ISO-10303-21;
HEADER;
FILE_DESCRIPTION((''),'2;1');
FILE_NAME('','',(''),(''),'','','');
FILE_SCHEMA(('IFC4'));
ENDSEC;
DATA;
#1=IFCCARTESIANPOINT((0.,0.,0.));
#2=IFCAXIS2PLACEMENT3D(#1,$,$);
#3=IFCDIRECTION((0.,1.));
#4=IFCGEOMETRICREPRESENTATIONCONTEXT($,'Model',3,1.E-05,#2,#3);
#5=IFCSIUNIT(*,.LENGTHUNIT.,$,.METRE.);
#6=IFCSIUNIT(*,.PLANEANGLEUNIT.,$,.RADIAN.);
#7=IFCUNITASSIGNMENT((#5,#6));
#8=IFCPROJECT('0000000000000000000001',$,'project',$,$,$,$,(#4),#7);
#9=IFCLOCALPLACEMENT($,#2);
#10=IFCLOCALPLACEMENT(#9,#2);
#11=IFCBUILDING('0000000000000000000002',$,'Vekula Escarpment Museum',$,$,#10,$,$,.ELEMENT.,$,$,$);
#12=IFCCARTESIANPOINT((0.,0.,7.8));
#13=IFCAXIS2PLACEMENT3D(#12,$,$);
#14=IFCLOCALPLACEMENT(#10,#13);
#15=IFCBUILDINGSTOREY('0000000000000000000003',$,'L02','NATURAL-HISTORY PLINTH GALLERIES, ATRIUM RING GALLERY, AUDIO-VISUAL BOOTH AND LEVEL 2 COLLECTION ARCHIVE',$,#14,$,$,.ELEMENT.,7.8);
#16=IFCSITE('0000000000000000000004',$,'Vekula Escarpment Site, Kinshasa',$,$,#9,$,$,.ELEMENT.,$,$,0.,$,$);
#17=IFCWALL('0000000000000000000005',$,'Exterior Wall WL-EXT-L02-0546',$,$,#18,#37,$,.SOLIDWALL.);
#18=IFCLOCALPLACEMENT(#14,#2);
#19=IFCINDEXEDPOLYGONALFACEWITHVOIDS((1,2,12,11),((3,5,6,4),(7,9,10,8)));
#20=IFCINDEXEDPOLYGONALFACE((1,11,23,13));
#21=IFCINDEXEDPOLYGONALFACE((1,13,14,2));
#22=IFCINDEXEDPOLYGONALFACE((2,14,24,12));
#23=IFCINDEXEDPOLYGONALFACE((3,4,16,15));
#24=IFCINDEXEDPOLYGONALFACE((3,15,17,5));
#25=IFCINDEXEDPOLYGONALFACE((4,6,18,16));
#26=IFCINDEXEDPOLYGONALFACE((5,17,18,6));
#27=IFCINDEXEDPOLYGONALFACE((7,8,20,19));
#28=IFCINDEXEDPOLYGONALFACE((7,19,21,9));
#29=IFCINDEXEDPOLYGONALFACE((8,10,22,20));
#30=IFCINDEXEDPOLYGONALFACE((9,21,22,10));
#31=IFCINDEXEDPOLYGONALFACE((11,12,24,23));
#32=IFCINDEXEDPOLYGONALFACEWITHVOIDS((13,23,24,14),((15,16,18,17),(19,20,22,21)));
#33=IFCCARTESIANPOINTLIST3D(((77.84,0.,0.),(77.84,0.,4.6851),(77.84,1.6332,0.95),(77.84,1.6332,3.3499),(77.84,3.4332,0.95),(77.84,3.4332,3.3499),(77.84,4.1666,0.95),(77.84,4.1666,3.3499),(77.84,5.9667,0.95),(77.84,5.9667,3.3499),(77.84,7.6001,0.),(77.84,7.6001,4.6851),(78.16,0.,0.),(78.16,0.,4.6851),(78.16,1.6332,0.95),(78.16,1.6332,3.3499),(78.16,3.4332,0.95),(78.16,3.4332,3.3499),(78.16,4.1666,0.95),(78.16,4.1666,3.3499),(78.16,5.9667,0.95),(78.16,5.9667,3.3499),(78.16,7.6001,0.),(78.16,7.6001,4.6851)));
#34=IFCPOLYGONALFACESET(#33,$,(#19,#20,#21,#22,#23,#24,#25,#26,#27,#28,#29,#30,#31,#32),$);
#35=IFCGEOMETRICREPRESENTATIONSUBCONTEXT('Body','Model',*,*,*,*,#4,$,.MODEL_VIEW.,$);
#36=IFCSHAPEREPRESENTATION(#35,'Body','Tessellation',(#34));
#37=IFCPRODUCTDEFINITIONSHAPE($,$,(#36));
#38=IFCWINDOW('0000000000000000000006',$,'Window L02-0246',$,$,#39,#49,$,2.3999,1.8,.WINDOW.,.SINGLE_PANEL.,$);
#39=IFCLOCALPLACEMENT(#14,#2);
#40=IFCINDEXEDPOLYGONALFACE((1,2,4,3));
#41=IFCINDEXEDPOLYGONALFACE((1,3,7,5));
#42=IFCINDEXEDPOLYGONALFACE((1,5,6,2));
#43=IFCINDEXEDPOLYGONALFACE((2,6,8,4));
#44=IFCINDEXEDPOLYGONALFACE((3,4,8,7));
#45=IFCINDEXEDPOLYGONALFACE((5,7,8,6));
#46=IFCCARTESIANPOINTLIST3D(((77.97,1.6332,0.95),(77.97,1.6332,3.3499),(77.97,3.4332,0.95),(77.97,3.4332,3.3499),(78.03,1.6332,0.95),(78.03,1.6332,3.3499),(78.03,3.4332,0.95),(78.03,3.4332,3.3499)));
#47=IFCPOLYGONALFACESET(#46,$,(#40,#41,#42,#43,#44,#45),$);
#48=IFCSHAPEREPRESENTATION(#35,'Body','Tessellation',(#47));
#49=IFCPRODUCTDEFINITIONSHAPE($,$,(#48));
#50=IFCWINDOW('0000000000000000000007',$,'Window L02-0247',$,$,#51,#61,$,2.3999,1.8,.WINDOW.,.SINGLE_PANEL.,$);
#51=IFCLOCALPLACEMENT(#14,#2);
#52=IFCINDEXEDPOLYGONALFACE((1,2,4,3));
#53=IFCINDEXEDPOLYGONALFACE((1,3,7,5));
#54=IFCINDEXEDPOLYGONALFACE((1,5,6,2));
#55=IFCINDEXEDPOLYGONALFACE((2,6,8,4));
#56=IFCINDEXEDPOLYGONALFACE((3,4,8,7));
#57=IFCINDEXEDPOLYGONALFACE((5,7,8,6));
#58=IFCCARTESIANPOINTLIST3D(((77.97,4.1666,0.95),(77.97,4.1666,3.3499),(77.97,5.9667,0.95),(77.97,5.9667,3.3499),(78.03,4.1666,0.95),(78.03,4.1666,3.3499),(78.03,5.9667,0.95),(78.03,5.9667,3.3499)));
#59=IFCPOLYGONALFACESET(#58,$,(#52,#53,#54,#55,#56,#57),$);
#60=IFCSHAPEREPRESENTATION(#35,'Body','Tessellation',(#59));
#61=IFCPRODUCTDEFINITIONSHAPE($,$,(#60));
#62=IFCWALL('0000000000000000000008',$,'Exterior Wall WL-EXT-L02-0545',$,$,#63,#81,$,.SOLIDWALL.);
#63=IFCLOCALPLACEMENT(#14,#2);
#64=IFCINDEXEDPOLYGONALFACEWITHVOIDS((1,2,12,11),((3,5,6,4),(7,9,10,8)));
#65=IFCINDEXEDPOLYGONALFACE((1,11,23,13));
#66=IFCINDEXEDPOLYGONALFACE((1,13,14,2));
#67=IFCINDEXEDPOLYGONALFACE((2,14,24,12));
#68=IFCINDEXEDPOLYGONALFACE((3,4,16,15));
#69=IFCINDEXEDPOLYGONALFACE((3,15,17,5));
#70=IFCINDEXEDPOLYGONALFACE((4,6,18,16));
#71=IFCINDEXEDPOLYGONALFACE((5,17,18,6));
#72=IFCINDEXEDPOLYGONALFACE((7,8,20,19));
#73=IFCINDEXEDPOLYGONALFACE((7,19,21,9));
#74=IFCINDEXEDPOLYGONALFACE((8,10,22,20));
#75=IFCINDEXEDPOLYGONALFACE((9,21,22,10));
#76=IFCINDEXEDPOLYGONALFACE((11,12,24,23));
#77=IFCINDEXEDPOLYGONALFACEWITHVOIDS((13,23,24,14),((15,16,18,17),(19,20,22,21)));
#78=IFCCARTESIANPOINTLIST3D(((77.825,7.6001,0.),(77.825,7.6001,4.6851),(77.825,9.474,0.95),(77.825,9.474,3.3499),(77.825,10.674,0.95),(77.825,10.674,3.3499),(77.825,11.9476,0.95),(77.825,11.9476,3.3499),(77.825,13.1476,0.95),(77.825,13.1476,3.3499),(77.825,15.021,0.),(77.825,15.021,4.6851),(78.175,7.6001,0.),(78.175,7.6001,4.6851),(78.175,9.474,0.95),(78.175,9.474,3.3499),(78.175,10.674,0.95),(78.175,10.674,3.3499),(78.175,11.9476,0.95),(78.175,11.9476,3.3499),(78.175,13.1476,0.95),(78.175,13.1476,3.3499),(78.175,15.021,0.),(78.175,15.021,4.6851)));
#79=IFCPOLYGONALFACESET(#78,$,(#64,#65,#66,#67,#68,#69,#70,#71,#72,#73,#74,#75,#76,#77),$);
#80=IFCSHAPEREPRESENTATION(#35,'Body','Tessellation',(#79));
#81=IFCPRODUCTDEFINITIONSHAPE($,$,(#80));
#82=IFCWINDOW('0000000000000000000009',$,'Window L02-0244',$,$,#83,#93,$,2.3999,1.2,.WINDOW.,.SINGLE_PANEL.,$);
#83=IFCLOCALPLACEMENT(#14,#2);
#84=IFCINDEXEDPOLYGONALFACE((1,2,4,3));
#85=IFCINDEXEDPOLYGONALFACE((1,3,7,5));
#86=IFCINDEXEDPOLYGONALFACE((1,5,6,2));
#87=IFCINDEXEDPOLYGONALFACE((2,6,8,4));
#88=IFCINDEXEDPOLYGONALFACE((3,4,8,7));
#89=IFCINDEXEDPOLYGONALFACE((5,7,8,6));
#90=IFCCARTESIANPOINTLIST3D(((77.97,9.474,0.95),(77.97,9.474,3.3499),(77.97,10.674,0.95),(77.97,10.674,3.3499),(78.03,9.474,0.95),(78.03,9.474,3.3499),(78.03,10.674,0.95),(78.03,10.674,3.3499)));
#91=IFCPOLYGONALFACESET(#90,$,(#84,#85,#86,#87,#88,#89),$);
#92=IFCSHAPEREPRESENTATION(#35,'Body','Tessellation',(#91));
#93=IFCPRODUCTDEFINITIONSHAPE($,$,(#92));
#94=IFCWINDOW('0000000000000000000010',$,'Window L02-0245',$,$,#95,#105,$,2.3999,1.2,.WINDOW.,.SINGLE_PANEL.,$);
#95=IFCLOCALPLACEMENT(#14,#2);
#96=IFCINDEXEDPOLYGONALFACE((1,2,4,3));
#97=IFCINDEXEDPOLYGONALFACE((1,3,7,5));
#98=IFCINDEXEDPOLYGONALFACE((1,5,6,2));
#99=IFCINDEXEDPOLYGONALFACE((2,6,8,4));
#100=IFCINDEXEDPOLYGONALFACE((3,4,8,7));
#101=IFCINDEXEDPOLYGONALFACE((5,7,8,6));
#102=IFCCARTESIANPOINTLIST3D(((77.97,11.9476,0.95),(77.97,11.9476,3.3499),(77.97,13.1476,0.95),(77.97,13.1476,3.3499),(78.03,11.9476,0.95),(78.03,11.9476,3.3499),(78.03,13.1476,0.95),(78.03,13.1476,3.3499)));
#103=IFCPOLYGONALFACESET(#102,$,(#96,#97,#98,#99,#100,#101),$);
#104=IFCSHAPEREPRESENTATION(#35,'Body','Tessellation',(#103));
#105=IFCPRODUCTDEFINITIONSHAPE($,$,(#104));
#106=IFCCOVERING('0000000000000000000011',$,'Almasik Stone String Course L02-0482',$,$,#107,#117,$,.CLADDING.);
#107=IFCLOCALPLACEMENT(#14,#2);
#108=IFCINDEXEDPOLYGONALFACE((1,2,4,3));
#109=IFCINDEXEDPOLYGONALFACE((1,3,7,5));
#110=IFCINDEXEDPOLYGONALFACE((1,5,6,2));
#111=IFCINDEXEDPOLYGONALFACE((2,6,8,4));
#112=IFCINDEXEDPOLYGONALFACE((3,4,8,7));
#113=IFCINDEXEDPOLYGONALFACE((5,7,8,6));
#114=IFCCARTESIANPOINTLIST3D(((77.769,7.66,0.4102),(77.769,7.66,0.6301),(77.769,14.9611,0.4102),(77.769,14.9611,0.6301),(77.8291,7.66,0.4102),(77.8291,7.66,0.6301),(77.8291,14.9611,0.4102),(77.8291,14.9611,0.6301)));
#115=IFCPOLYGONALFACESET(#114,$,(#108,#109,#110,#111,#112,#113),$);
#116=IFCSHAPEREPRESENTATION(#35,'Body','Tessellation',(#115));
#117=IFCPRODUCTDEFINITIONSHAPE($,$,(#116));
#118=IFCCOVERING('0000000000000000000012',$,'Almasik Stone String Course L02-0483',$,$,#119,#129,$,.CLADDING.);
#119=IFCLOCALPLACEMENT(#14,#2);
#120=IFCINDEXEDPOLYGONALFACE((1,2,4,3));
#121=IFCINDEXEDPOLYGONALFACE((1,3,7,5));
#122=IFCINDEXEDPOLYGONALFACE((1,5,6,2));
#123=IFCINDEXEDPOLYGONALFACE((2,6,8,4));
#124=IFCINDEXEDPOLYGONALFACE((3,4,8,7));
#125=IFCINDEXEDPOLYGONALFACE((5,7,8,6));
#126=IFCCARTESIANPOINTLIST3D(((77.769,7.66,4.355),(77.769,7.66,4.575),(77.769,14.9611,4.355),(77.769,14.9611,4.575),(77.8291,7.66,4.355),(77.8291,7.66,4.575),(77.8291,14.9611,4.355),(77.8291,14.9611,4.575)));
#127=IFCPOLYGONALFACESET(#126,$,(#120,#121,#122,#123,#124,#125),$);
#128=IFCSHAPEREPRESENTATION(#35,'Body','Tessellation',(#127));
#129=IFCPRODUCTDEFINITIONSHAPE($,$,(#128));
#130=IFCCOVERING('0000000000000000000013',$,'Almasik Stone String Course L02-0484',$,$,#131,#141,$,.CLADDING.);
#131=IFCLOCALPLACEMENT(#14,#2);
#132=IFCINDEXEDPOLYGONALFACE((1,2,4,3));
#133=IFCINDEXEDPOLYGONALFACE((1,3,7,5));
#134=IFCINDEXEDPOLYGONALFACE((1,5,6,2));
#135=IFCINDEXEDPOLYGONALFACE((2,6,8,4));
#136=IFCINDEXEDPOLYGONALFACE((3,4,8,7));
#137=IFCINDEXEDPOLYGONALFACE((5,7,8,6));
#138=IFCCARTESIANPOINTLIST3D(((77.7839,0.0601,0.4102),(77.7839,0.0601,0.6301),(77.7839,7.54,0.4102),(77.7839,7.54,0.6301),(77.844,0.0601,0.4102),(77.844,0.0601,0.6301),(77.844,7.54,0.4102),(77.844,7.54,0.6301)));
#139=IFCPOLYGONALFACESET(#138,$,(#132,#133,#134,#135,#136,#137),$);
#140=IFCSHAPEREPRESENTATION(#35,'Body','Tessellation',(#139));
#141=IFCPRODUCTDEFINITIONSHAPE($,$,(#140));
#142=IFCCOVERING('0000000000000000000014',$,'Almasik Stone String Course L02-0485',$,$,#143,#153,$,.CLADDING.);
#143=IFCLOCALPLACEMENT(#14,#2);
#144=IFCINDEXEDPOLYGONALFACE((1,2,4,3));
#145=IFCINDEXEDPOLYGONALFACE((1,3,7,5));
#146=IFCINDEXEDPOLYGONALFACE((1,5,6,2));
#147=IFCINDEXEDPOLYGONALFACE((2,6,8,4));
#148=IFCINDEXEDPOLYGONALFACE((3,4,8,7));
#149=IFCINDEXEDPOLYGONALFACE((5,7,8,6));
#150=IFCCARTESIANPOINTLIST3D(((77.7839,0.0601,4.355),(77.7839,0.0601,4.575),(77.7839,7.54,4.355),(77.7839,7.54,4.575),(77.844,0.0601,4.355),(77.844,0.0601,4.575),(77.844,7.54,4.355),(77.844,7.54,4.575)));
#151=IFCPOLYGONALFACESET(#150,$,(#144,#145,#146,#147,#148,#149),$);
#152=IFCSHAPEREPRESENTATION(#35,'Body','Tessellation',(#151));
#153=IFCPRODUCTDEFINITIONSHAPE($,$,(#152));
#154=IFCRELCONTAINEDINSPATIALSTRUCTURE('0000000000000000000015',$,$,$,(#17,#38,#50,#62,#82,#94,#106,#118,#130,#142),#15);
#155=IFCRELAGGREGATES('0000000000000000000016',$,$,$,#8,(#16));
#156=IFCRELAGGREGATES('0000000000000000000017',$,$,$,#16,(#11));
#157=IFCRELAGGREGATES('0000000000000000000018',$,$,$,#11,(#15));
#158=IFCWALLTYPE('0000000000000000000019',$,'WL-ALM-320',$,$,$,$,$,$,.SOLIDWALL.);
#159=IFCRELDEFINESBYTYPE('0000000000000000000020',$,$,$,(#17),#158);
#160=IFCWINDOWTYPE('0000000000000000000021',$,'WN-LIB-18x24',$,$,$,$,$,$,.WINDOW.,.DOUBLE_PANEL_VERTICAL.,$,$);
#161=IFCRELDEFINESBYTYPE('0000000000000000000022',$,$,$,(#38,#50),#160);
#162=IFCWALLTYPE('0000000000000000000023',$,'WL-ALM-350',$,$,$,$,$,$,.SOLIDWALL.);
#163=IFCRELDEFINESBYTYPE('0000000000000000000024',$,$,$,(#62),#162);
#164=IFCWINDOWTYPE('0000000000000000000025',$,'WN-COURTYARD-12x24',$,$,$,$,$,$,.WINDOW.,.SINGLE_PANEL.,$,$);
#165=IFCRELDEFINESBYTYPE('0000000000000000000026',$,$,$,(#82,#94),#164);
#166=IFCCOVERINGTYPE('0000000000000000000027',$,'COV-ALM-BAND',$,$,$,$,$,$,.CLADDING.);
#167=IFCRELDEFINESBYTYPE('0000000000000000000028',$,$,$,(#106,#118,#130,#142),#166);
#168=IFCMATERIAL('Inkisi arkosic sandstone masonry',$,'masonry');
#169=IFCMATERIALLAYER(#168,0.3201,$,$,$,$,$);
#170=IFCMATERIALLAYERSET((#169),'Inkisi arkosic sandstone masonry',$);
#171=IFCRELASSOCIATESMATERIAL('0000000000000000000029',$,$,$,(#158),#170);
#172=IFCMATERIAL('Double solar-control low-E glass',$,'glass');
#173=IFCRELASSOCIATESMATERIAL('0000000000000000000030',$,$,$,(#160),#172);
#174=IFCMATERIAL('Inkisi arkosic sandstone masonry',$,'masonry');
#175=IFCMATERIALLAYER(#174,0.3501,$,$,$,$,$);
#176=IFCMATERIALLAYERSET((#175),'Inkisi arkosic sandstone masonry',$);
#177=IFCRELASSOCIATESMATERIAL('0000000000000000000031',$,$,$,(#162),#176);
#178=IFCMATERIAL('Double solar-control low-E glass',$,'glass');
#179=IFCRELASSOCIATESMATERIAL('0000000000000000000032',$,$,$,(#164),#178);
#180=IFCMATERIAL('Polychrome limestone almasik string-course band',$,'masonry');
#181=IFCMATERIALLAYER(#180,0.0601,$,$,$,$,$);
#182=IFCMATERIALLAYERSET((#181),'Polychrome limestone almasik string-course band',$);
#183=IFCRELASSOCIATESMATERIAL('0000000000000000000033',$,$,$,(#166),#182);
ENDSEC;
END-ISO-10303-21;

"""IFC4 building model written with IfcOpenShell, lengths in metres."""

from ifc_helpers import new_model, si_unit, direction, frame, frame_2d, origin, origin_2d, place, context, subcontext, project, spatial, rectangle, extrude, material, layer, layer_set, type_object, element, fill, save


model = new_model("IFC4")

# Units and contexts
model_context = context("Model", 3, precision=1e-05, world=origin(), true_north=direction((0.0, 1.0)))
body_context = subcontext(model_context, "Body", "Model", "MODEL_VIEW")
ifc_project = project(units=[si_unit("LENGTHUNIT", "METRE"), si_unit("PLANEANGLEUNIT", "RADIAN")], contexts=[model_context])

# Site, building, storey
site_placement = place(None, origin())
site = spatial("IfcSite", under=ifc_project, at=site_placement, Name="Vekula Escarpment Site, Kinshasa", CompositionType="ELEMENT", RefElevation=0.0)
building_placement = place(site_placement, origin())
building = spatial("IfcBuilding", under=site, at=building_placement, Name="Vekula Escarpment Museum", CompositionType="ELEMENT")
storey_placement = place(building_placement, frame((0.0, 0.0, 7.8)))
storey = spatial("IfcBuildingStorey", under=building, at=storey_placement, Name="L02", Description="NATURAL-HISTORY PLINTH GALLERIES, ATRIUM RING GALLERY, AUDIO-VISUAL BOOTH AND LEVEL 2 COLLECTION ARCHIVE", CompositionType="ELEMENT", Elevation=7.8)

# Walls, openings, windows
ifc_material_1 = material(Name="Inkisi arkosic sandstone masonry", Category="masonry")
ifc_layer_1 = layer(ifc_material_1, 0.3201)
ifc_layer_set_1 = layer_set([ifc_layer_1], Name="Inkisi arkosic sandstone masonry")
wall_type_1 = type_object("IfcWallType", Name="WL-ALM-320", PredefinedType="SOLIDWALL", material=ifc_layer_set_1)
wall_1_placement = place(storey_placement, frame((78.0, 0.0, 0.0), z_axis=(0.0, 0.0, 1.0), x_axis=(0.0, 1.0, 0.0)))
wall_1 = element("IfcWall", 1, at=wall_1_placement, inside=storey, type_object=wall_type_1, Name="Exterior Wall WL-EXT-L02-0546", PredefinedType="SOLIDWALL", context=body_context, shape_type="SweptSolid", body=[
    extrude(rectangle(XDim=7.6001, YDim=0.3201, at=frame_2d((3.8, 0.0))), origin(), (0.0, 0.0, 1.0), 4.6851),
])
opening_1_placement = place(wall_1_placement, frame((1.6333, 0.0, 0.95)))
opening_1 = element("IfcOpeningElement", 2, at=opening_1_placement, cuts=wall_1, PredefinedType="OPENING", context=body_context, shape_type="SweptSolid", body=[
    extrude(rectangle(XDim=1.8, YDim=2.3999, at=frame_2d((0.8999, 1.2))), frame((0.0, 0.1699, 0.0), z_axis=(0.0, -1.0, 0.0), x_axis=(1.0, 0.0, 0.0)), (0.0, 0.0, 1.0), 0.3401),
])
opening_2_placement = place(wall_1_placement, frame((4.1667, 0.0, 0.95)))
opening_2 = element("IfcOpeningElement", 3, at=opening_2_placement, cuts=wall_1, PredefinedType="OPENING", context=body_context, shape_type="SweptSolid", body=[
    extrude(rectangle(XDim=1.8, YDim=2.3999, at=frame_2d((0.8999, 1.2))), frame((0.0, 0.1699, 0.0), z_axis=(0.0, -1.0, 0.0), x_axis=(1.0, 0.0, 0.0)), (0.0, 0.0, 1.0), 0.3401),
])
ifc_material_2 = material(Name="Double solar-control low-E glass", Category="glass")
window_type_1 = type_object("IfcWindowType", Name="WN-LIB-18x24", PartitioningType="DOUBLE_PANEL_VERTICAL", PredefinedType="WINDOW", material=ifc_material_2)
window_1_placement = place(opening_1_placement, origin())
window_1 = element("IfcWindow", 4, at=window_1_placement, inside=storey, type_object=window_type_1, Name="Window L02-0246", OverallHeight=2.3999, OverallWidth=1.8, PartitioningType="SINGLE_PANEL", PredefinedType="WINDOW", context=body_context, shape_type="SweptSolid", body=[
    extrude(rectangle(XDim=1.8, YDim=2.3999, at=frame_2d((0.8999, 1.2))), frame((0.0, 0.03, 0.0), z_axis=(0.0, -1.0, 0.0), x_axis=(1.0, 0.0, 0.0)), (0.0, 0.0, 1.0), 0.0601),
])
fill(opening_1, window_1)
window_2_placement = place(opening_2_placement, origin())
window_2 = element("IfcWindow", 5, at=window_2_placement, inside=storey, type_object=window_type_1, Name="Window L02-0247", OverallHeight=2.3999, OverallWidth=1.8, PartitioningType="SINGLE_PANEL", PredefinedType="WINDOW", context=body_context, shape_type="SweptSolid", body=[
    extrude(rectangle(XDim=1.8, YDim=2.3999, at=frame_2d((0.8999, 1.2))), frame((0.0, 0.03, 0.0), z_axis=(0.0, -1.0, 0.0), x_axis=(1.0, 0.0, 0.0)), (0.0, 0.0, 1.0), 0.0601),
])
fill(opening_2, window_2)
ifc_material_3 = material(Name="Inkisi arkosic sandstone masonry", Category="masonry")
ifc_layer_2 = layer(ifc_material_3, 0.3501)
ifc_layer_set_2 = layer_set([ifc_layer_2], Name="Inkisi arkosic sandstone masonry")
wall_type_2 = type_object("IfcWallType", Name="WL-ALM-350", PredefinedType="SOLIDWALL", material=ifc_layer_set_2)
wall_2_placement = place(storey_placement, frame((78.0, 7.6001, 0.0), z_axis=(0.0, 0.0, 1.0), x_axis=(0.0, 1.0, 0.0)))
wall_2 = element("IfcWall", 6, at=wall_2_placement, inside=storey, type_object=wall_type_2, Name="Exterior Wall WL-EXT-L02-0545", PredefinedType="SOLIDWALL", context=body_context, shape_type="SweptSolid", body=[
    extrude(rectangle(XDim=7.4209, YDim=0.3501, at=frame_2d((3.7104, 0.0))), origin(), (0.0, 0.0, 1.0), 4.6851),
])
opening_3_placement = place(wall_2_placement, frame((1.8738, 0.0, 0.95)))
opening_3 = element("IfcOpeningElement", 7, at=opening_3_placement, cuts=wall_2, PredefinedType="OPENING", context=body_context, shape_type="SweptSolid", body=[
    extrude(rectangle(XDim=1.2, YDim=2.3999, at=frame_2d((0.6001, 1.2))), frame((0.0, 0.1851, 0.0), z_axis=(0.0, -1.0, 0.0), x_axis=(1.0, 0.0, 0.0)), (0.0, 0.0, 1.0), 0.3701),
])
opening_4_placement = place(wall_2_placement, frame((4.3474, 0.0, 0.95)))
opening_4 = element("IfcOpeningElement", 8, at=opening_4_placement, cuts=wall_2, PredefinedType="OPENING", context=body_context, shape_type="SweptSolid", body=[
    extrude(rectangle(XDim=1.2, YDim=2.3999, at=frame_2d((0.6001, 1.2))), frame((0.0, 0.1851, 0.0), z_axis=(0.0, -1.0, 0.0), x_axis=(1.0, 0.0, 0.0)), (0.0, 0.0, 1.0), 0.3701),
])
ifc_material_4 = material(Name="Double solar-control low-E glass", Category="glass")
window_type_2 = type_object("IfcWindowType", Name="WN-COURTYARD-12x24", PartitioningType="SINGLE_PANEL", PredefinedType="WINDOW", material=ifc_material_4)
window_3_placement = place(opening_3_placement, origin())
window_3 = element("IfcWindow", 9, at=window_3_placement, inside=storey, type_object=window_type_2, Name="Window L02-0244", OverallHeight=2.3999, OverallWidth=1.2, PartitioningType="SINGLE_PANEL", PredefinedType="WINDOW", context=body_context, shape_type="SweptSolid", body=[
    extrude(rectangle(XDim=1.2, YDim=2.3999, at=frame_2d((0.6001, 1.2))), frame((0.0, 0.03, 0.0), z_axis=(0.0, -1.0, 0.0), x_axis=(1.0, 0.0, 0.0)), (0.0, 0.0, 1.0), 0.0601),
])
fill(opening_3, window_3)
window_4_placement = place(opening_4_placement, origin())
window_4 = element("IfcWindow", 10, at=window_4_placement, inside=storey, type_object=window_type_2, Name="Window L02-0245", OverallHeight=2.3999, OverallWidth=1.2, PartitioningType="SINGLE_PANEL", PredefinedType="WINDOW", context=body_context, shape_type="SweptSolid", body=[
    extrude(rectangle(XDim=1.2, YDim=2.3999, at=frame_2d((0.6001, 1.2))), frame((0.0, 0.03, 0.0), z_axis=(0.0, -1.0, 0.0), x_axis=(1.0, 0.0, 0.0)), (0.0, 0.0, 1.0), 0.0601),
])
fill(opening_4, window_4)

# Coverings
ifc_material_5 = material(Name="Polychrome limestone almasik string-course band", Category="masonry")
ifc_layer_3 = layer(ifc_material_5, 0.0601)
ifc_layer_set_3 = layer_set([ifc_layer_3], Name="Polychrome limestone almasik string-course band")
covering_type = type_object("IfcCoveringType", Name="COV-ALM-BAND", PredefinedType="CLADDING", material=ifc_layer_set_3)
for number, where, z_axis, x_axis, name in (
    (11, (77.7991, 11.3105, 0.4102), (0.0, 0.0, 1.0), (0.0, 1.0, 0.0), "Almasik Stone String Course L02-0482"),
    (12, (77.7991, 11.3105, 4.355), (0.0, 0.0, 1.0), (0.0, 1.0, 0.0), "Almasik Stone String Course L02-0483"),
):
    element("IfcCovering", number, at=place(storey_placement, frame(where, z_axis=z_axis, x_axis=x_axis)), inside=storey, type_object=covering_type, Name=name, PredefinedType="CLADDING", context=body_context, shape_type="SweptSolid", body=[
        extrude(rectangle(XDim=7.301, YDim=0.0601, at=origin_2d()), origin(), (0.0, 0.0, 1.0), 0.22),
    ])
for number, where, z_axis, x_axis, name in (
    (13, (77.814, 3.8, 0.4102), (0.0, 0.0, 1.0), (0.0, 1.0, 0.0), "Almasik Stone String Course L02-0484"),
    (14, (77.814, 3.8, 4.355), (0.0, 0.0, 1.0), (0.0, 1.0, 0.0), "Almasik Stone String Course L02-0485"),
):
    element("IfcCovering", number, at=place(storey_placement, frame(where, z_axis=z_axis, x_axis=x_axis)), inside=storey, type_object=covering_type, Name=name, PredefinedType="CLADDING", context=body_context, shape_type="SweptSolid", body=[
        extrude(rectangle(XDim=7.48, YDim=0.0601, at=origin_2d()), origin(), (0.0, 0.0, 1.0), 0.22),
    ])

save(model, "model.ifc")
